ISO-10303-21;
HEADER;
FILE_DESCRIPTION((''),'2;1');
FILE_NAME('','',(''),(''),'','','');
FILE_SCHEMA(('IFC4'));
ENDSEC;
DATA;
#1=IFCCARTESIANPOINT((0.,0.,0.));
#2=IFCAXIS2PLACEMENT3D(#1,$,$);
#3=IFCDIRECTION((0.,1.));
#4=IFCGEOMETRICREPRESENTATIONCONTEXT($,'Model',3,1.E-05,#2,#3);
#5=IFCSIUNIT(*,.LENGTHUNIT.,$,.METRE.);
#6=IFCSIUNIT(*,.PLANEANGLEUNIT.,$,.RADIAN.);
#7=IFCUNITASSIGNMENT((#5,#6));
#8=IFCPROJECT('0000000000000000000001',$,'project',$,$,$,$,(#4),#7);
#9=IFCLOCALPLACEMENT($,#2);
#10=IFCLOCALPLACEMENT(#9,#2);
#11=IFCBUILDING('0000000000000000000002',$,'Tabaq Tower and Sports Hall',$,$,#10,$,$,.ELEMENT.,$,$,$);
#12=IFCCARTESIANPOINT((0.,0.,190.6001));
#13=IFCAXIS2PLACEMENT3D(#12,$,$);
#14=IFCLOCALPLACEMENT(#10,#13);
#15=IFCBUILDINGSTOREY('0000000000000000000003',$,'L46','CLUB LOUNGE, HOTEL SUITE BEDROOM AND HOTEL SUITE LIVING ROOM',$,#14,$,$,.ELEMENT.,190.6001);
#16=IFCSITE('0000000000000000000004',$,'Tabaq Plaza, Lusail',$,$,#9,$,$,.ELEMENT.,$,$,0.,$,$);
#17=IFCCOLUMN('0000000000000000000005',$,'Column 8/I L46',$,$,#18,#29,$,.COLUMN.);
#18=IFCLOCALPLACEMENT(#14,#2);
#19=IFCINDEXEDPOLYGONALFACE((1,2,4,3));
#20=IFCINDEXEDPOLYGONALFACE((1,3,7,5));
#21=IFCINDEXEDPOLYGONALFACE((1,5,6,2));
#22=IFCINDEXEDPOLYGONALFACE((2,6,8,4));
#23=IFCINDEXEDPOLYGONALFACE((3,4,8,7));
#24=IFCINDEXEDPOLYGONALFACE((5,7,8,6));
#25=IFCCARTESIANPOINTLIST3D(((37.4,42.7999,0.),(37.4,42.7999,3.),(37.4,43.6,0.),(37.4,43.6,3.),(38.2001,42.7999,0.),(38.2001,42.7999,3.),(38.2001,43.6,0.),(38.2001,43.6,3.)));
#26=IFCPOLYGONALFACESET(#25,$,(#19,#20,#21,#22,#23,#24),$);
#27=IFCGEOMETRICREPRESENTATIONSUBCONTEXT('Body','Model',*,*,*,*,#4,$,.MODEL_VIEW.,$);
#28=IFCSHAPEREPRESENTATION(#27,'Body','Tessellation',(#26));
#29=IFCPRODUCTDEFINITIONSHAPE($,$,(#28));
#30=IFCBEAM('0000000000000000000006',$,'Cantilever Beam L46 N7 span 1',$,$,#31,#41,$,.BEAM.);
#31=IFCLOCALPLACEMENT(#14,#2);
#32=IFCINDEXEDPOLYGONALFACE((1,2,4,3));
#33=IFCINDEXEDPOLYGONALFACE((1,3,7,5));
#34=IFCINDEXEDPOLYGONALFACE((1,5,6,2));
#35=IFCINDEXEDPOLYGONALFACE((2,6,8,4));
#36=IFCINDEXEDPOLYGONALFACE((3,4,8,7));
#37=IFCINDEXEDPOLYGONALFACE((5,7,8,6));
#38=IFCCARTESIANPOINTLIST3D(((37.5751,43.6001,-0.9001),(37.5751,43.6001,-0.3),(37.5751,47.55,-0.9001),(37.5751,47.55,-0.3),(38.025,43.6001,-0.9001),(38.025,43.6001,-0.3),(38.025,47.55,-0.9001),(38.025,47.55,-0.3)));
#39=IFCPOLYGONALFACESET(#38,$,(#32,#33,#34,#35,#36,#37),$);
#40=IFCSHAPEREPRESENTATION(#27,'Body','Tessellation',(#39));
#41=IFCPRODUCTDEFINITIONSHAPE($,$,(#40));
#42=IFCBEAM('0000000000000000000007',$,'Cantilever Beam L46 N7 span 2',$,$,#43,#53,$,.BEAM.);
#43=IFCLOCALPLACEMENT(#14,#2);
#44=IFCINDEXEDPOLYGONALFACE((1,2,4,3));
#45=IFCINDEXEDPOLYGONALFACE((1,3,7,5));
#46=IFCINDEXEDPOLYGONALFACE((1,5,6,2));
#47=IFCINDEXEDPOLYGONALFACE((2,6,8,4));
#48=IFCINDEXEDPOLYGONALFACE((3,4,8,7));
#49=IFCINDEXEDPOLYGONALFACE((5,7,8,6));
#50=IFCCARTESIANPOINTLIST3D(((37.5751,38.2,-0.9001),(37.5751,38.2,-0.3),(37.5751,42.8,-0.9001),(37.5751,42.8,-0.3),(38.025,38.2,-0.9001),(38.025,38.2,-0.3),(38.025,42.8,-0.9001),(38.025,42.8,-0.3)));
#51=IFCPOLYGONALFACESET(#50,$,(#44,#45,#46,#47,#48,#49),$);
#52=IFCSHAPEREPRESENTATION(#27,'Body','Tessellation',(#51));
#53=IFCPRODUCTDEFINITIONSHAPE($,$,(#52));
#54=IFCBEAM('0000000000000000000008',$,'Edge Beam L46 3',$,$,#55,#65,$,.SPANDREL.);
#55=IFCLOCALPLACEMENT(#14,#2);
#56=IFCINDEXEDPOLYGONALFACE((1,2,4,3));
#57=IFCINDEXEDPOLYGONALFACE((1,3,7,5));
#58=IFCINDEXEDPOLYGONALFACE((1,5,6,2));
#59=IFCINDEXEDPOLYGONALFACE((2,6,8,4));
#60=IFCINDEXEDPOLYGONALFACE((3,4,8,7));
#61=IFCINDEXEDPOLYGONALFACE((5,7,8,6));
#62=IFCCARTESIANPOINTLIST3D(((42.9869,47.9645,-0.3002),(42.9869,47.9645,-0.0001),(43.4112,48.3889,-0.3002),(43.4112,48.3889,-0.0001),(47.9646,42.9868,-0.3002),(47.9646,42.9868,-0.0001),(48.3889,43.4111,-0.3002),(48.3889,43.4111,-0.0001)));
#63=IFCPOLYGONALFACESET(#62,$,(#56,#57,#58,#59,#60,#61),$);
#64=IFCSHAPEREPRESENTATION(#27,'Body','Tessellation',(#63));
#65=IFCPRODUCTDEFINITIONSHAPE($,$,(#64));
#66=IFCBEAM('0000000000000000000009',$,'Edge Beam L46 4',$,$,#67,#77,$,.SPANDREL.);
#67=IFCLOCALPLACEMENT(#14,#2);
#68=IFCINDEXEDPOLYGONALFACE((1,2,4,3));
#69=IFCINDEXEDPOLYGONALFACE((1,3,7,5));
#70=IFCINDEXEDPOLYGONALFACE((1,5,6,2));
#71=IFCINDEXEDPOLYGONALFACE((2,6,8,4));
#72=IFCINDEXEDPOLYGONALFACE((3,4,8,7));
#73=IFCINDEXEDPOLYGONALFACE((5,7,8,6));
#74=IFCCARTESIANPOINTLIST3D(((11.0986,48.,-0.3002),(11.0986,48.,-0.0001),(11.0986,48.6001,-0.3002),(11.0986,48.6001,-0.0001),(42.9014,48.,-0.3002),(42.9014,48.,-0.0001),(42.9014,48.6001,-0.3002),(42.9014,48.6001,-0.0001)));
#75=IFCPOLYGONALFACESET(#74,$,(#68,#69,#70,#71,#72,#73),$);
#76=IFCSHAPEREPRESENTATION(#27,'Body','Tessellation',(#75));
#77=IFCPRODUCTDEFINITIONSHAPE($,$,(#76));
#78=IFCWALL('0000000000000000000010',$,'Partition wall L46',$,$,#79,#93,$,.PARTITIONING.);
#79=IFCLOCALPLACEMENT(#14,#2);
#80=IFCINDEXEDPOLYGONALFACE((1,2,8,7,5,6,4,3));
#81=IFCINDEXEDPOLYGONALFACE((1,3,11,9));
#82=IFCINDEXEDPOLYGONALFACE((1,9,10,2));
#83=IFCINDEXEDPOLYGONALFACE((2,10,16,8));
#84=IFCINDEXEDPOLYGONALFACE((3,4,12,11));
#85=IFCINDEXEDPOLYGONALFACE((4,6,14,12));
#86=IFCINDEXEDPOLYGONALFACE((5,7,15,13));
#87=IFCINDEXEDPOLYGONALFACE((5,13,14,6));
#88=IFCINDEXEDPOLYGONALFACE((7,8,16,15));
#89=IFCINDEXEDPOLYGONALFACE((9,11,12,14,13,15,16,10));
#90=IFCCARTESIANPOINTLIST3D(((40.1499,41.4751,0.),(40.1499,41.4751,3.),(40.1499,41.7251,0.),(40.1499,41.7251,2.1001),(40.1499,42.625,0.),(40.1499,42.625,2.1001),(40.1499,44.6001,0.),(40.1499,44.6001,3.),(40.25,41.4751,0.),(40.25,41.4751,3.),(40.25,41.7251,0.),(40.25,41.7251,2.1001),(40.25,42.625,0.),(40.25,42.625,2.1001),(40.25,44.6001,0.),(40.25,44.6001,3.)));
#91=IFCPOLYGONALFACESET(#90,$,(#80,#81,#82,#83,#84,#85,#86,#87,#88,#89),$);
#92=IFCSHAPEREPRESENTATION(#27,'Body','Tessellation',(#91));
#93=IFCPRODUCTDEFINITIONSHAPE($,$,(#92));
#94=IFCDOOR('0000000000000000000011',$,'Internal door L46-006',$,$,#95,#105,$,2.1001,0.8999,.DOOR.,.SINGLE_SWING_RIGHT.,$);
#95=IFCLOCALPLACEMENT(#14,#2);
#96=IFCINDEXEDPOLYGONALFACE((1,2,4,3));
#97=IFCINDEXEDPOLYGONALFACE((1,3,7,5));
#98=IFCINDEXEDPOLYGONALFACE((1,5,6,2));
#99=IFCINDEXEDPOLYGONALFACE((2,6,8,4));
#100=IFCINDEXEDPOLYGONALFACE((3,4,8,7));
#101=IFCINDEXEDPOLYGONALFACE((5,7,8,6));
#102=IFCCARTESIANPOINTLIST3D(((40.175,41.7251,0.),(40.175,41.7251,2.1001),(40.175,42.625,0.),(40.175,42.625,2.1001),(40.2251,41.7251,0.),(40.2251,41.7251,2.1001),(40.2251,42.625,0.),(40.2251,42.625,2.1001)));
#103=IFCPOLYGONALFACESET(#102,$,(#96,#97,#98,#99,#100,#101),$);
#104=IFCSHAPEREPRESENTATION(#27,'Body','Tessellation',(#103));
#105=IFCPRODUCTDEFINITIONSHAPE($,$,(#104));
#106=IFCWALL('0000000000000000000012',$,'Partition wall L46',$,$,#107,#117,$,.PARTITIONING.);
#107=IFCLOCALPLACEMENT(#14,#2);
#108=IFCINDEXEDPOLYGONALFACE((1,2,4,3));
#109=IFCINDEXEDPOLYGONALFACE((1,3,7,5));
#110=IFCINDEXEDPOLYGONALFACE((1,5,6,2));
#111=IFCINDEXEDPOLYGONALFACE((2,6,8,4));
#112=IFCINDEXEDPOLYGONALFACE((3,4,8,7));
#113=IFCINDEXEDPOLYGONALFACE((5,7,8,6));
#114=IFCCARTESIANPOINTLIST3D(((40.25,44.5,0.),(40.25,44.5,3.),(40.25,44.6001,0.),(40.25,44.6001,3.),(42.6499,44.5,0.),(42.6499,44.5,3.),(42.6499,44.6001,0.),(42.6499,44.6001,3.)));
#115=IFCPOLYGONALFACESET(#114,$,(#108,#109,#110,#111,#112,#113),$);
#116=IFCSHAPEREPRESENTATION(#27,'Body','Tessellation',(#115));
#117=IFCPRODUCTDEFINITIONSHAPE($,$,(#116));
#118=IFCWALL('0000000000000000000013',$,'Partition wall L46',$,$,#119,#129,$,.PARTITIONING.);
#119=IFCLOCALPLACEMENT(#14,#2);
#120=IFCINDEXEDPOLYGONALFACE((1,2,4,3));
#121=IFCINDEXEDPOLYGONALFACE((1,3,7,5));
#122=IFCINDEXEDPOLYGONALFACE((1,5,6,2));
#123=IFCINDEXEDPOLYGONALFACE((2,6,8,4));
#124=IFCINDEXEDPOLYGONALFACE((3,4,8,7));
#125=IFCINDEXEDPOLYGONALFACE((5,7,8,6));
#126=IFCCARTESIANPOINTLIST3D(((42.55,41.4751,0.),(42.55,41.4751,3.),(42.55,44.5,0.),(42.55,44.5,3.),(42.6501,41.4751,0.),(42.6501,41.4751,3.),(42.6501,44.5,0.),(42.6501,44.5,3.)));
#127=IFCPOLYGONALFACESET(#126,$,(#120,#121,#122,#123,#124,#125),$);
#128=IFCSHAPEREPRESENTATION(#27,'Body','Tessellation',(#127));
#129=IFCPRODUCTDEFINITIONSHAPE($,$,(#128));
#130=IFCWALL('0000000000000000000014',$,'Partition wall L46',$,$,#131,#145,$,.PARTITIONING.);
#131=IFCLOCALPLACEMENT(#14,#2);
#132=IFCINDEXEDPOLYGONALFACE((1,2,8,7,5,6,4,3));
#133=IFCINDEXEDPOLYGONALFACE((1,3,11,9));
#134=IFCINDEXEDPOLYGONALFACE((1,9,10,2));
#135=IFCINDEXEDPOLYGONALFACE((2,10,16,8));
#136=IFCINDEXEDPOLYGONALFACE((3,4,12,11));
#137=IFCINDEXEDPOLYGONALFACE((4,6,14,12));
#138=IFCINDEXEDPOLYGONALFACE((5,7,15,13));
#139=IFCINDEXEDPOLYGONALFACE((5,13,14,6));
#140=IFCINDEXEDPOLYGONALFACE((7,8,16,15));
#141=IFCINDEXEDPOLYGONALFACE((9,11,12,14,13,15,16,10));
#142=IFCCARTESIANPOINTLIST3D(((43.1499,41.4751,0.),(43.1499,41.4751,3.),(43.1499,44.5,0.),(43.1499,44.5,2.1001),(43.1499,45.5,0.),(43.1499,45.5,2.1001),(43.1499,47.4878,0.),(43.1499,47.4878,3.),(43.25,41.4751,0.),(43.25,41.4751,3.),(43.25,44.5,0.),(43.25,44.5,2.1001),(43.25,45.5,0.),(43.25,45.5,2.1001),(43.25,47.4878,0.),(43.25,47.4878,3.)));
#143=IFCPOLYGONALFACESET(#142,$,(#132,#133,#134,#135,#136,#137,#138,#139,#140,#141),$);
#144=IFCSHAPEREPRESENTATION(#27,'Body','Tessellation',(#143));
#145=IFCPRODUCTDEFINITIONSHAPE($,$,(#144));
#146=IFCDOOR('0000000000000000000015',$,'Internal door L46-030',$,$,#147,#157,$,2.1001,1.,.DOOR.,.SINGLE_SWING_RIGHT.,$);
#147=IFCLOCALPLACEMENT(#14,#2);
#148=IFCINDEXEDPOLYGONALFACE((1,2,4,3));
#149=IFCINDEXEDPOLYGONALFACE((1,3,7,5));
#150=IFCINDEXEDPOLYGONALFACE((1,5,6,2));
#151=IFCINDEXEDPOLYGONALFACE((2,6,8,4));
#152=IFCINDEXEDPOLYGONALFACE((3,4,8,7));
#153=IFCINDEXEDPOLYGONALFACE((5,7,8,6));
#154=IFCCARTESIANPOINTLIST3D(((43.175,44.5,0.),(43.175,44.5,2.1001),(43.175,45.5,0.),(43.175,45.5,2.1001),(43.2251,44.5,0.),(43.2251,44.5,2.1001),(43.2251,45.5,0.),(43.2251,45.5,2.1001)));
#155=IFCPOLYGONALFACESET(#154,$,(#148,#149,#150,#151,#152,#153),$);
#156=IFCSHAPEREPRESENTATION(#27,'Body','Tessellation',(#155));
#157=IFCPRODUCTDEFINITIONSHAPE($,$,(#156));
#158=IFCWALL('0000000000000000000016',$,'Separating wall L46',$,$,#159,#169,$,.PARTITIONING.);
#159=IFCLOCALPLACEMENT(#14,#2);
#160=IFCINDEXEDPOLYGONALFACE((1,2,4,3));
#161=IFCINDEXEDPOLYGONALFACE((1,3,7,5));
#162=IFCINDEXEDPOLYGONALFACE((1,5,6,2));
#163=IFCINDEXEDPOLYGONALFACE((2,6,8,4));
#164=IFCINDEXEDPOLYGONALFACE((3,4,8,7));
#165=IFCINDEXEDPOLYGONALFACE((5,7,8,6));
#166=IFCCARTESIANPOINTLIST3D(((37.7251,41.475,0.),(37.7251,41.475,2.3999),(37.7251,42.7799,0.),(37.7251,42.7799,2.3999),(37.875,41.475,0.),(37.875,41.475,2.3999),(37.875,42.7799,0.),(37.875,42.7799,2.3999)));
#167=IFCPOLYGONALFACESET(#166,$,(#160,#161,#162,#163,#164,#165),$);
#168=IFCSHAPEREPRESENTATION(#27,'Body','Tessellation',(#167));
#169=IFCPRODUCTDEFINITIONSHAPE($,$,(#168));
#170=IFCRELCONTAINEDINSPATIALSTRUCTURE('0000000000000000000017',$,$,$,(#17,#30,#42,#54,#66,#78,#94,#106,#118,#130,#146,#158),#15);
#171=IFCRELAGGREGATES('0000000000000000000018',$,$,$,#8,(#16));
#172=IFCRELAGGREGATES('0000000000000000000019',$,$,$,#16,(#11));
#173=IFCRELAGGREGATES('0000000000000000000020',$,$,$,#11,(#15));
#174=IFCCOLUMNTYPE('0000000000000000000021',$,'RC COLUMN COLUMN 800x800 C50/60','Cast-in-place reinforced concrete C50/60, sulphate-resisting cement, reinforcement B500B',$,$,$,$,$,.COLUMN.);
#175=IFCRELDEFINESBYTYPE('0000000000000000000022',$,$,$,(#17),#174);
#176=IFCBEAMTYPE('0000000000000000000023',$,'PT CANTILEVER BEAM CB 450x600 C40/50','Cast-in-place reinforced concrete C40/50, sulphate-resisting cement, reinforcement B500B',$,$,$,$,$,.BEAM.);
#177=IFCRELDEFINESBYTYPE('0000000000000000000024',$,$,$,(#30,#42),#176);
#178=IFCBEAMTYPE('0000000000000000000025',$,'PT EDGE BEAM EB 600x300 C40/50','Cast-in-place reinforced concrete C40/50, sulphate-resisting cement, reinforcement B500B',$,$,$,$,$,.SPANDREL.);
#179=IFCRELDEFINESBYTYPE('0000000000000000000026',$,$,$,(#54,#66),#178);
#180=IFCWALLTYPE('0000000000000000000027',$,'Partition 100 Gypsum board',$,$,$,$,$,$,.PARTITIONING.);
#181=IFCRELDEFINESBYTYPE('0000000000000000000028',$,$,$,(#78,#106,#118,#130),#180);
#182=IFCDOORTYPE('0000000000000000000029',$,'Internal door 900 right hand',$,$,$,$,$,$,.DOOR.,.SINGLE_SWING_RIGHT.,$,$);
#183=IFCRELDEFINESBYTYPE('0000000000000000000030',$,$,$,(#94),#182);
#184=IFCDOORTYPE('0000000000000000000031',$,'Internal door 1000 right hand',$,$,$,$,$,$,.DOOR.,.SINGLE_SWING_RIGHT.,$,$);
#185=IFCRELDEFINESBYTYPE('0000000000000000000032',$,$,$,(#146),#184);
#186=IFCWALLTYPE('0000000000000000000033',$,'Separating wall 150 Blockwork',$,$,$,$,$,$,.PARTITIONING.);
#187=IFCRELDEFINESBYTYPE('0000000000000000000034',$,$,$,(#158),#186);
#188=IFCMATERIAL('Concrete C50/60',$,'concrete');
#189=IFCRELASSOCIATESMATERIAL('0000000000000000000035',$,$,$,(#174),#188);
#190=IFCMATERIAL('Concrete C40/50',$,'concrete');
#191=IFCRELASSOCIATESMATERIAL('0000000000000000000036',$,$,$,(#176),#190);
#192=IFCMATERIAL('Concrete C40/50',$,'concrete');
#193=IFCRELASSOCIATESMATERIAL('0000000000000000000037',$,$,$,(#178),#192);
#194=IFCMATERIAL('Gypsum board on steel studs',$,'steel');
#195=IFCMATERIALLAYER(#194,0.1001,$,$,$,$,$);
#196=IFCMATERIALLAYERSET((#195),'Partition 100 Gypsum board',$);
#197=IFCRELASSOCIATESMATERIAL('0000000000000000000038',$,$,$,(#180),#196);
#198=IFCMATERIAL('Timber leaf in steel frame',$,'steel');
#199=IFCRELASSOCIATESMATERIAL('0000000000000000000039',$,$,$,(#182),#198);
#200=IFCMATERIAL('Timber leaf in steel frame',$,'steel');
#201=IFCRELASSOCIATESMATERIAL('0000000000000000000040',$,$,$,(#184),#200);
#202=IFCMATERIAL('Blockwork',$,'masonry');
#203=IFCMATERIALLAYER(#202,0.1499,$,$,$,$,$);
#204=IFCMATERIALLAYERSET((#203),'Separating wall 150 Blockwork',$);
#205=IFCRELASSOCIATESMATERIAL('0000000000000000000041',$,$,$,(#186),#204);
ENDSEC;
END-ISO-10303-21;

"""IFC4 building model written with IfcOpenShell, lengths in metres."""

from ifc_helpers import new_model, si_unit, direction, frame, frame_2d, origin, origin_2d, place, context, subcontext, project, spatial, rectangle, extrude, material, layer, layer_set, material_profile, profile_set, type_object, element, fill, save


model = new_model("IFC4")

# Units and contexts
model_context = context("Model", 3, precision=1e-05, world=origin(), true_north=direction((0.0, 1.0)))
body_context = subcontext(model_context, "Body", "Model", "MODEL_VIEW")
ifc_project = project(units=[si_unit("LENGTHUNIT", "METRE"), si_unit("PLANEANGLEUNIT", "RADIAN")], contexts=[model_context])

# Site, building, storey
site_placement = place(None, origin())
site = spatial("IfcSite", under=ifc_project, at=site_placement, Name="Tabaq Plaza, Lusail", CompositionType="ELEMENT", RefElevation=0.0)
building_placement = place(site_placement, origin())
building = spatial("IfcBuilding", under=site, at=building_placement, Name="Tabaq Tower and Sports Hall", CompositionType="ELEMENT")
storey_placement = place(building_placement, frame((0.0, 0.0, 190.6001)))
storey = spatial("IfcBuildingStorey", under=building, at=storey_placement, Name="L46", Description="CLUB LOUNGE, HOTEL SUITE BEDROOM AND HOTEL SUITE LIVING ROOM", CompositionType="ELEMENT", Elevation=190.6001)

# Column
ifc_material_1 = material(Name="Concrete C50/60", Category="concrete")
ifc_material_profile_1 = material_profile(ifc_material_1, rectangle(XDim=0.8, YDim=0.8, at=origin_2d()), Name="COLUMN 800x800")
ifc_profile_set_1 = profile_set([ifc_material_profile_1], Name="Concrete C50/60")
column_type = type_object("IfcColumnType", Name="RC COLUMN COLUMN 800x800 C50/60", Description="Cast-in-place reinforced concrete C50/60, sulphate-resisting cement, reinforcement B500B", PredefinedType="COLUMN", material=ifc_profile_set_1)
column_placement = place(storey_placement, frame((37.8, 43.2, 0.0), z_axis=(0.0, 0.0, 1.0), x_axis=(1.0, 0.0, 0.0)))
element("IfcColumn", 1, at=column_placement, inside=storey, type_object=column_type, Name="Column 8/I L46", PredefinedType="COLUMN", context=body_context, shape_type="SweptSolid", body=[
    extrude(rectangle(XDim=0.8, YDim=0.8, at=origin_2d()), origin(), (0.0, 0.0, 1.0), 3.0),
])

# Beams
ifc_material_2 = material(Name="Concrete C40/50", Category="concrete")
ifc_material_profile_2 = material_profile(ifc_material_2, rectangle(XDim=0.45, YDim=0.6001, at=origin_2d()), Name="CB 450x600")
ifc_profile_set_2 = profile_set([ifc_material_profile_2], Name="Concrete C40/50")
beam_type_1 = type_object("IfcBeamType", Name="PT CANTILEVER BEAM CB 450x600 C40/50", Description="Cast-in-place reinforced concrete C40/50, sulphate-resisting cement, reinforcement B500B", PredefinedType="BEAM", material=ifc_profile_set_2)
beam_1_placement = place(storey_placement, frame((37.8, 47.55, -0.6001), z_axis=(0.0, -1.0, 0.0), x_axis=(1.0, 0.0, 0.0)))
element("IfcBeam", 2, at=beam_1_placement, inside=storey, type_object=beam_type_1, Name="Cantilever Beam L46 N7 span 1", PredefinedType="BEAM", context=body_context, shape_type="SweptSolid", body=[
    extrude(rectangle(XDim=0.45, YDim=0.6001, at=origin_2d()), origin(), (0.0, 0.0, 1.0), 3.95),
])
beam_2_placement = place(storey_placement, frame((37.8, 42.8, -0.6001), z_axis=(0.0, -1.0, 0.0), x_axis=(1.0, 0.0, 0.0)))
element("IfcBeam", 3, at=beam_2_placement, inside=storey, type_object=beam_type_1, Name="Cantilever Beam L46 N7 span 2", PredefinedType="BEAM", context=body_context, shape_type="SweptSolid", body=[
    extrude(rectangle(XDim=0.45, YDim=0.6001, at=origin_2d()), origin(), (0.0, 0.0, 1.0), 4.6001),
])
ifc_material_3 = material(Name="Concrete C40/50", Category="concrete")
ifc_material_profile_3 = material_profile(ifc_material_3, rectangle(XDim=0.6001, YDim=0.3, at=origin_2d()), Name="EB 600x300")
ifc_profile_set_3 = profile_set([ifc_material_profile_3], Name="Concrete C40/50")
beam_type_2 = type_object("IfcBeamType", Name="PT EDGE BEAM EB 600x300 C40/50", Description="Cast-in-place reinforced concrete C40/50, sulphate-resisting cement, reinforcement B500B", PredefinedType="SPANDREL", material=ifc_profile_set_3)
beam_3_placement = place(storey_placement, frame((48.1768, 43.199, -0.1501), z_axis=(-0.707107, 0.707107, 0.0), x_axis=(-0.707107, -0.707107, 0.0)))
element("IfcBeam", 4, at=beam_3_placement, inside=storey, type_object=beam_type_2, Name="Edge Beam L46 3", PredefinedType="SPANDREL", context=body_context, shape_type="SweptSolid", body=[
    extrude(rectangle(XDim=0.6001, YDim=0.3, at=origin_2d()), origin(), (0.0, 0.0, 1.0), 7.0396),
])
beam_4_placement = place(storey_placement, frame((42.9014, 48.3, -0.1501), z_axis=(-1.0, 0.0, 0.0), x_axis=(0.0, -1.0, 0.0)))
element("IfcBeam", 5, at=beam_4_placement, inside=storey, type_object=beam_type_2, Name="Edge Beam L46 4", PredefinedType="SPANDREL", context=body_context, shape_type="SweptSolid", body=[
    extrude(rectangle(XDim=0.6001, YDim=0.3, at=origin_2d()), origin(), (0.0, 0.0, 1.0), 31.8027),
])

# Wall, opening, door
ifc_material_4 = material(Name="Gypsum board on steel studs", Category="steel")
ifc_layer_1 = layer(ifc_material_4, 0.1001)
ifc_layer_set_1 = layer_set([ifc_layer_1], Name="Partition 100 Gypsum board")
wall_type_1 = type_object("IfcWallType", Name="Partition 100 Gypsum board", PredefinedType="PARTITIONING", material=ifc_layer_set_1)
wall_1_placement = place(storey_placement, frame((40.2, 41.4751, 0.0), z_axis=(0.0, 0.0, 1.0), x_axis=(0.0, 1.0, 0.0)))
wall_1 = element("IfcWall", 6, at=wall_1_placement, inside=storey, type_object=wall_type_1, Name="Partition wall L46", PredefinedType="PARTITIONING", context=body_context, shape_type="SweptSolid", body=[
    extrude(rectangle(XDim=3.125, YDim=0.1001, at=frame_2d((1.5625, 0.0))), origin(), (0.0, 0.0, 1.0), 3.0),
])
opening_1_placement = place(wall_1_placement, frame((0.25, 0.0, 0.0)))
opening_1 = element("IfcOpeningElement", 7, at=opening_1_placement, cuts=wall_1, PredefinedType="OPENING", context=body_context, shape_type="SweptSolid", body=[
    extrude(rectangle(XDim=0.8999, YDim=2.1001, at=frame_2d((0.45, 1.05))), frame((0.0, 0.05, 0.0), z_axis=(0.0, -1.0, 0.0), x_axis=(1.0, 0.0, 0.0)), (0.0, 0.0, 1.0), 0.1001),
])
ifc_material_5 = material(Name="Timber leaf in steel frame", Category="steel")
door_type_1 = type_object("IfcDoorType", Name="Internal door 900 right hand", OperationType="SINGLE_SWING_RIGHT", PredefinedType="DOOR", material=ifc_material_5)
door_1_placement = place(opening_1_placement, origin())
door_1 = element("IfcDoor", 8, at=door_1_placement, inside=storey, type_object=door_type_1, Name="Internal door L46-006", OperationType="SINGLE_SWING_RIGHT", OverallHeight=2.1001, OverallWidth=0.8999, PredefinedType="DOOR", context=body_context, shape_type="SweptSolid", body=[
    extrude(rectangle(XDim=0.8999, YDim=2.1001, at=frame_2d((0.45, 1.05))), frame((0.0, 0.0249, 0.0), z_axis=(0.0, -1.0, 0.0), x_axis=(1.0, 0.0, 0.0)), (0.0, 0.0, 1.0), 0.05),
])
fill(opening_1, door_1)

# Walls
wall_2_placement = place(storey_placement, frame((40.25, 44.55, 0.0), z_axis=(0.0, 0.0, 1.0), x_axis=(1.0, 0.0, 0.0)))
element("IfcWall", 9, at=wall_2_placement, inside=storey, type_object=wall_type_1, Name="Partition wall L46", PredefinedType="PARTITIONING", context=body_context, shape_type="SweptSolid", body=[
    extrude(rectangle(XDim=2.3999, YDim=0.1001, at=frame_2d((1.2, 0.0))), origin(), (0.0, 0.0, 1.0), 3.0),
])
wall_3_placement = place(storey_placement, frame((42.6001, 44.5, 0.0), z_axis=(0.0, 0.0, 1.0), x_axis=(0.0, -1.0, 0.0)))
element("IfcWall", 10, at=wall_3_placement, inside=storey, type_object=wall_type_1, Name="Partition wall L46", PredefinedType="PARTITIONING", context=body_context, shape_type="SweptSolid", body=[
    extrude(rectangle(XDim=3.0249, YDim=0.1001, at=frame_2d((1.5125, 0.0))), origin(), (0.0, 0.0, 1.0), 3.0),
])

# Wall, opening, door
wall_4_placement = place(storey_placement, frame((43.2, 41.4751, 0.0), z_axis=(0.0, 0.0, 1.0), x_axis=(0.0, 1.0, 0.0)))
wall_4 = element("IfcWall", 11, at=wall_4_placement, inside=storey, type_object=wall_type_1, Name="Partition wall L46", PredefinedType="PARTITIONING", context=body_context, shape_type="SweptSolid", body=[
    extrude(rectangle(XDim=6.0127, YDim=0.1001, at=frame_2d((3.0063, 0.0))), origin(), (0.0, 0.0, 1.0), 3.0),
])
opening_2_placement = place(wall_4_placement, frame((3.0249, 0.0, 0.0)))
opening_2 = element("IfcOpeningElement", 12, at=opening_2_placement, cuts=wall_4, PredefinedType="OPENING", context=body_context, shape_type="SweptSolid", body=[
    extrude(rectangle(XDim=1.0, YDim=2.1001, at=frame_2d((0.5, 1.05))), frame((0.0, 0.05, 0.0), z_axis=(0.0, -1.0, 0.0), x_axis=(1.0, 0.0, 0.0)), (0.0, 0.0, 1.0), 0.1001),
])
ifc_material_6 = material(Name="Timber leaf in steel frame", Category="steel")
door_type_2 = type_object("IfcDoorType", Name="Internal door 1000 right hand", OperationType="SINGLE_SWING_RIGHT", PredefinedType="DOOR", material=ifc_material_6)
door_2_placement = place(opening_2_placement, origin())
door_2 = element("IfcDoor", 13, at=door_2_placement, inside=storey, type_object=door_type_2, Name="Internal door L46-030", OperationType="SINGLE_SWING_RIGHT", OverallHeight=2.1001, OverallWidth=1.0, PredefinedType="DOOR", context=body_context, shape_type="SweptSolid", body=[
    extrude(rectangle(XDim=1.0, YDim=2.1001, at=frame_2d((0.5, 1.05))), frame((0.0, 0.0249, 0.0), z_axis=(0.0, -1.0, 0.0), x_axis=(1.0, 0.0, 0.0)), (0.0, 0.0, 1.0), 0.05),
])
fill(opening_2, door_2)

# Wall
ifc_material_7 = material(Name="Blockwork", Category="masonry")
ifc_layer_2 = layer(ifc_material_7, 0.1499)
ifc_layer_set_2 = layer_set([ifc_layer_2], Name="Separating wall 150 Blockwork")
wall_type_2 = type_object("IfcWallType", Name="Separating wall 150 Blockwork", PredefinedType="PARTITIONING", material=ifc_layer_set_2)
wall_5_placement = place(storey_placement, frame((37.8, 41.4751, 0.0), z_axis=(0.0, 0.0, 1.0), x_axis=(0.0, 1.0, 0.0)))
element("IfcWall", 14, at=wall_5_placement, inside=storey, type_object=wall_type_2, Name="Separating wall L46", PredefinedType="PARTITIONING", context=body_context, shape_type="SweptSolid", body=[
    extrude(rectangle(XDim=1.3049, YDim=0.1499, at=frame_2d((0.6523, 0.0))), origin(), (0.0, 0.0, 1.0), 2.3999),
])

save(model, "model.ifc")
